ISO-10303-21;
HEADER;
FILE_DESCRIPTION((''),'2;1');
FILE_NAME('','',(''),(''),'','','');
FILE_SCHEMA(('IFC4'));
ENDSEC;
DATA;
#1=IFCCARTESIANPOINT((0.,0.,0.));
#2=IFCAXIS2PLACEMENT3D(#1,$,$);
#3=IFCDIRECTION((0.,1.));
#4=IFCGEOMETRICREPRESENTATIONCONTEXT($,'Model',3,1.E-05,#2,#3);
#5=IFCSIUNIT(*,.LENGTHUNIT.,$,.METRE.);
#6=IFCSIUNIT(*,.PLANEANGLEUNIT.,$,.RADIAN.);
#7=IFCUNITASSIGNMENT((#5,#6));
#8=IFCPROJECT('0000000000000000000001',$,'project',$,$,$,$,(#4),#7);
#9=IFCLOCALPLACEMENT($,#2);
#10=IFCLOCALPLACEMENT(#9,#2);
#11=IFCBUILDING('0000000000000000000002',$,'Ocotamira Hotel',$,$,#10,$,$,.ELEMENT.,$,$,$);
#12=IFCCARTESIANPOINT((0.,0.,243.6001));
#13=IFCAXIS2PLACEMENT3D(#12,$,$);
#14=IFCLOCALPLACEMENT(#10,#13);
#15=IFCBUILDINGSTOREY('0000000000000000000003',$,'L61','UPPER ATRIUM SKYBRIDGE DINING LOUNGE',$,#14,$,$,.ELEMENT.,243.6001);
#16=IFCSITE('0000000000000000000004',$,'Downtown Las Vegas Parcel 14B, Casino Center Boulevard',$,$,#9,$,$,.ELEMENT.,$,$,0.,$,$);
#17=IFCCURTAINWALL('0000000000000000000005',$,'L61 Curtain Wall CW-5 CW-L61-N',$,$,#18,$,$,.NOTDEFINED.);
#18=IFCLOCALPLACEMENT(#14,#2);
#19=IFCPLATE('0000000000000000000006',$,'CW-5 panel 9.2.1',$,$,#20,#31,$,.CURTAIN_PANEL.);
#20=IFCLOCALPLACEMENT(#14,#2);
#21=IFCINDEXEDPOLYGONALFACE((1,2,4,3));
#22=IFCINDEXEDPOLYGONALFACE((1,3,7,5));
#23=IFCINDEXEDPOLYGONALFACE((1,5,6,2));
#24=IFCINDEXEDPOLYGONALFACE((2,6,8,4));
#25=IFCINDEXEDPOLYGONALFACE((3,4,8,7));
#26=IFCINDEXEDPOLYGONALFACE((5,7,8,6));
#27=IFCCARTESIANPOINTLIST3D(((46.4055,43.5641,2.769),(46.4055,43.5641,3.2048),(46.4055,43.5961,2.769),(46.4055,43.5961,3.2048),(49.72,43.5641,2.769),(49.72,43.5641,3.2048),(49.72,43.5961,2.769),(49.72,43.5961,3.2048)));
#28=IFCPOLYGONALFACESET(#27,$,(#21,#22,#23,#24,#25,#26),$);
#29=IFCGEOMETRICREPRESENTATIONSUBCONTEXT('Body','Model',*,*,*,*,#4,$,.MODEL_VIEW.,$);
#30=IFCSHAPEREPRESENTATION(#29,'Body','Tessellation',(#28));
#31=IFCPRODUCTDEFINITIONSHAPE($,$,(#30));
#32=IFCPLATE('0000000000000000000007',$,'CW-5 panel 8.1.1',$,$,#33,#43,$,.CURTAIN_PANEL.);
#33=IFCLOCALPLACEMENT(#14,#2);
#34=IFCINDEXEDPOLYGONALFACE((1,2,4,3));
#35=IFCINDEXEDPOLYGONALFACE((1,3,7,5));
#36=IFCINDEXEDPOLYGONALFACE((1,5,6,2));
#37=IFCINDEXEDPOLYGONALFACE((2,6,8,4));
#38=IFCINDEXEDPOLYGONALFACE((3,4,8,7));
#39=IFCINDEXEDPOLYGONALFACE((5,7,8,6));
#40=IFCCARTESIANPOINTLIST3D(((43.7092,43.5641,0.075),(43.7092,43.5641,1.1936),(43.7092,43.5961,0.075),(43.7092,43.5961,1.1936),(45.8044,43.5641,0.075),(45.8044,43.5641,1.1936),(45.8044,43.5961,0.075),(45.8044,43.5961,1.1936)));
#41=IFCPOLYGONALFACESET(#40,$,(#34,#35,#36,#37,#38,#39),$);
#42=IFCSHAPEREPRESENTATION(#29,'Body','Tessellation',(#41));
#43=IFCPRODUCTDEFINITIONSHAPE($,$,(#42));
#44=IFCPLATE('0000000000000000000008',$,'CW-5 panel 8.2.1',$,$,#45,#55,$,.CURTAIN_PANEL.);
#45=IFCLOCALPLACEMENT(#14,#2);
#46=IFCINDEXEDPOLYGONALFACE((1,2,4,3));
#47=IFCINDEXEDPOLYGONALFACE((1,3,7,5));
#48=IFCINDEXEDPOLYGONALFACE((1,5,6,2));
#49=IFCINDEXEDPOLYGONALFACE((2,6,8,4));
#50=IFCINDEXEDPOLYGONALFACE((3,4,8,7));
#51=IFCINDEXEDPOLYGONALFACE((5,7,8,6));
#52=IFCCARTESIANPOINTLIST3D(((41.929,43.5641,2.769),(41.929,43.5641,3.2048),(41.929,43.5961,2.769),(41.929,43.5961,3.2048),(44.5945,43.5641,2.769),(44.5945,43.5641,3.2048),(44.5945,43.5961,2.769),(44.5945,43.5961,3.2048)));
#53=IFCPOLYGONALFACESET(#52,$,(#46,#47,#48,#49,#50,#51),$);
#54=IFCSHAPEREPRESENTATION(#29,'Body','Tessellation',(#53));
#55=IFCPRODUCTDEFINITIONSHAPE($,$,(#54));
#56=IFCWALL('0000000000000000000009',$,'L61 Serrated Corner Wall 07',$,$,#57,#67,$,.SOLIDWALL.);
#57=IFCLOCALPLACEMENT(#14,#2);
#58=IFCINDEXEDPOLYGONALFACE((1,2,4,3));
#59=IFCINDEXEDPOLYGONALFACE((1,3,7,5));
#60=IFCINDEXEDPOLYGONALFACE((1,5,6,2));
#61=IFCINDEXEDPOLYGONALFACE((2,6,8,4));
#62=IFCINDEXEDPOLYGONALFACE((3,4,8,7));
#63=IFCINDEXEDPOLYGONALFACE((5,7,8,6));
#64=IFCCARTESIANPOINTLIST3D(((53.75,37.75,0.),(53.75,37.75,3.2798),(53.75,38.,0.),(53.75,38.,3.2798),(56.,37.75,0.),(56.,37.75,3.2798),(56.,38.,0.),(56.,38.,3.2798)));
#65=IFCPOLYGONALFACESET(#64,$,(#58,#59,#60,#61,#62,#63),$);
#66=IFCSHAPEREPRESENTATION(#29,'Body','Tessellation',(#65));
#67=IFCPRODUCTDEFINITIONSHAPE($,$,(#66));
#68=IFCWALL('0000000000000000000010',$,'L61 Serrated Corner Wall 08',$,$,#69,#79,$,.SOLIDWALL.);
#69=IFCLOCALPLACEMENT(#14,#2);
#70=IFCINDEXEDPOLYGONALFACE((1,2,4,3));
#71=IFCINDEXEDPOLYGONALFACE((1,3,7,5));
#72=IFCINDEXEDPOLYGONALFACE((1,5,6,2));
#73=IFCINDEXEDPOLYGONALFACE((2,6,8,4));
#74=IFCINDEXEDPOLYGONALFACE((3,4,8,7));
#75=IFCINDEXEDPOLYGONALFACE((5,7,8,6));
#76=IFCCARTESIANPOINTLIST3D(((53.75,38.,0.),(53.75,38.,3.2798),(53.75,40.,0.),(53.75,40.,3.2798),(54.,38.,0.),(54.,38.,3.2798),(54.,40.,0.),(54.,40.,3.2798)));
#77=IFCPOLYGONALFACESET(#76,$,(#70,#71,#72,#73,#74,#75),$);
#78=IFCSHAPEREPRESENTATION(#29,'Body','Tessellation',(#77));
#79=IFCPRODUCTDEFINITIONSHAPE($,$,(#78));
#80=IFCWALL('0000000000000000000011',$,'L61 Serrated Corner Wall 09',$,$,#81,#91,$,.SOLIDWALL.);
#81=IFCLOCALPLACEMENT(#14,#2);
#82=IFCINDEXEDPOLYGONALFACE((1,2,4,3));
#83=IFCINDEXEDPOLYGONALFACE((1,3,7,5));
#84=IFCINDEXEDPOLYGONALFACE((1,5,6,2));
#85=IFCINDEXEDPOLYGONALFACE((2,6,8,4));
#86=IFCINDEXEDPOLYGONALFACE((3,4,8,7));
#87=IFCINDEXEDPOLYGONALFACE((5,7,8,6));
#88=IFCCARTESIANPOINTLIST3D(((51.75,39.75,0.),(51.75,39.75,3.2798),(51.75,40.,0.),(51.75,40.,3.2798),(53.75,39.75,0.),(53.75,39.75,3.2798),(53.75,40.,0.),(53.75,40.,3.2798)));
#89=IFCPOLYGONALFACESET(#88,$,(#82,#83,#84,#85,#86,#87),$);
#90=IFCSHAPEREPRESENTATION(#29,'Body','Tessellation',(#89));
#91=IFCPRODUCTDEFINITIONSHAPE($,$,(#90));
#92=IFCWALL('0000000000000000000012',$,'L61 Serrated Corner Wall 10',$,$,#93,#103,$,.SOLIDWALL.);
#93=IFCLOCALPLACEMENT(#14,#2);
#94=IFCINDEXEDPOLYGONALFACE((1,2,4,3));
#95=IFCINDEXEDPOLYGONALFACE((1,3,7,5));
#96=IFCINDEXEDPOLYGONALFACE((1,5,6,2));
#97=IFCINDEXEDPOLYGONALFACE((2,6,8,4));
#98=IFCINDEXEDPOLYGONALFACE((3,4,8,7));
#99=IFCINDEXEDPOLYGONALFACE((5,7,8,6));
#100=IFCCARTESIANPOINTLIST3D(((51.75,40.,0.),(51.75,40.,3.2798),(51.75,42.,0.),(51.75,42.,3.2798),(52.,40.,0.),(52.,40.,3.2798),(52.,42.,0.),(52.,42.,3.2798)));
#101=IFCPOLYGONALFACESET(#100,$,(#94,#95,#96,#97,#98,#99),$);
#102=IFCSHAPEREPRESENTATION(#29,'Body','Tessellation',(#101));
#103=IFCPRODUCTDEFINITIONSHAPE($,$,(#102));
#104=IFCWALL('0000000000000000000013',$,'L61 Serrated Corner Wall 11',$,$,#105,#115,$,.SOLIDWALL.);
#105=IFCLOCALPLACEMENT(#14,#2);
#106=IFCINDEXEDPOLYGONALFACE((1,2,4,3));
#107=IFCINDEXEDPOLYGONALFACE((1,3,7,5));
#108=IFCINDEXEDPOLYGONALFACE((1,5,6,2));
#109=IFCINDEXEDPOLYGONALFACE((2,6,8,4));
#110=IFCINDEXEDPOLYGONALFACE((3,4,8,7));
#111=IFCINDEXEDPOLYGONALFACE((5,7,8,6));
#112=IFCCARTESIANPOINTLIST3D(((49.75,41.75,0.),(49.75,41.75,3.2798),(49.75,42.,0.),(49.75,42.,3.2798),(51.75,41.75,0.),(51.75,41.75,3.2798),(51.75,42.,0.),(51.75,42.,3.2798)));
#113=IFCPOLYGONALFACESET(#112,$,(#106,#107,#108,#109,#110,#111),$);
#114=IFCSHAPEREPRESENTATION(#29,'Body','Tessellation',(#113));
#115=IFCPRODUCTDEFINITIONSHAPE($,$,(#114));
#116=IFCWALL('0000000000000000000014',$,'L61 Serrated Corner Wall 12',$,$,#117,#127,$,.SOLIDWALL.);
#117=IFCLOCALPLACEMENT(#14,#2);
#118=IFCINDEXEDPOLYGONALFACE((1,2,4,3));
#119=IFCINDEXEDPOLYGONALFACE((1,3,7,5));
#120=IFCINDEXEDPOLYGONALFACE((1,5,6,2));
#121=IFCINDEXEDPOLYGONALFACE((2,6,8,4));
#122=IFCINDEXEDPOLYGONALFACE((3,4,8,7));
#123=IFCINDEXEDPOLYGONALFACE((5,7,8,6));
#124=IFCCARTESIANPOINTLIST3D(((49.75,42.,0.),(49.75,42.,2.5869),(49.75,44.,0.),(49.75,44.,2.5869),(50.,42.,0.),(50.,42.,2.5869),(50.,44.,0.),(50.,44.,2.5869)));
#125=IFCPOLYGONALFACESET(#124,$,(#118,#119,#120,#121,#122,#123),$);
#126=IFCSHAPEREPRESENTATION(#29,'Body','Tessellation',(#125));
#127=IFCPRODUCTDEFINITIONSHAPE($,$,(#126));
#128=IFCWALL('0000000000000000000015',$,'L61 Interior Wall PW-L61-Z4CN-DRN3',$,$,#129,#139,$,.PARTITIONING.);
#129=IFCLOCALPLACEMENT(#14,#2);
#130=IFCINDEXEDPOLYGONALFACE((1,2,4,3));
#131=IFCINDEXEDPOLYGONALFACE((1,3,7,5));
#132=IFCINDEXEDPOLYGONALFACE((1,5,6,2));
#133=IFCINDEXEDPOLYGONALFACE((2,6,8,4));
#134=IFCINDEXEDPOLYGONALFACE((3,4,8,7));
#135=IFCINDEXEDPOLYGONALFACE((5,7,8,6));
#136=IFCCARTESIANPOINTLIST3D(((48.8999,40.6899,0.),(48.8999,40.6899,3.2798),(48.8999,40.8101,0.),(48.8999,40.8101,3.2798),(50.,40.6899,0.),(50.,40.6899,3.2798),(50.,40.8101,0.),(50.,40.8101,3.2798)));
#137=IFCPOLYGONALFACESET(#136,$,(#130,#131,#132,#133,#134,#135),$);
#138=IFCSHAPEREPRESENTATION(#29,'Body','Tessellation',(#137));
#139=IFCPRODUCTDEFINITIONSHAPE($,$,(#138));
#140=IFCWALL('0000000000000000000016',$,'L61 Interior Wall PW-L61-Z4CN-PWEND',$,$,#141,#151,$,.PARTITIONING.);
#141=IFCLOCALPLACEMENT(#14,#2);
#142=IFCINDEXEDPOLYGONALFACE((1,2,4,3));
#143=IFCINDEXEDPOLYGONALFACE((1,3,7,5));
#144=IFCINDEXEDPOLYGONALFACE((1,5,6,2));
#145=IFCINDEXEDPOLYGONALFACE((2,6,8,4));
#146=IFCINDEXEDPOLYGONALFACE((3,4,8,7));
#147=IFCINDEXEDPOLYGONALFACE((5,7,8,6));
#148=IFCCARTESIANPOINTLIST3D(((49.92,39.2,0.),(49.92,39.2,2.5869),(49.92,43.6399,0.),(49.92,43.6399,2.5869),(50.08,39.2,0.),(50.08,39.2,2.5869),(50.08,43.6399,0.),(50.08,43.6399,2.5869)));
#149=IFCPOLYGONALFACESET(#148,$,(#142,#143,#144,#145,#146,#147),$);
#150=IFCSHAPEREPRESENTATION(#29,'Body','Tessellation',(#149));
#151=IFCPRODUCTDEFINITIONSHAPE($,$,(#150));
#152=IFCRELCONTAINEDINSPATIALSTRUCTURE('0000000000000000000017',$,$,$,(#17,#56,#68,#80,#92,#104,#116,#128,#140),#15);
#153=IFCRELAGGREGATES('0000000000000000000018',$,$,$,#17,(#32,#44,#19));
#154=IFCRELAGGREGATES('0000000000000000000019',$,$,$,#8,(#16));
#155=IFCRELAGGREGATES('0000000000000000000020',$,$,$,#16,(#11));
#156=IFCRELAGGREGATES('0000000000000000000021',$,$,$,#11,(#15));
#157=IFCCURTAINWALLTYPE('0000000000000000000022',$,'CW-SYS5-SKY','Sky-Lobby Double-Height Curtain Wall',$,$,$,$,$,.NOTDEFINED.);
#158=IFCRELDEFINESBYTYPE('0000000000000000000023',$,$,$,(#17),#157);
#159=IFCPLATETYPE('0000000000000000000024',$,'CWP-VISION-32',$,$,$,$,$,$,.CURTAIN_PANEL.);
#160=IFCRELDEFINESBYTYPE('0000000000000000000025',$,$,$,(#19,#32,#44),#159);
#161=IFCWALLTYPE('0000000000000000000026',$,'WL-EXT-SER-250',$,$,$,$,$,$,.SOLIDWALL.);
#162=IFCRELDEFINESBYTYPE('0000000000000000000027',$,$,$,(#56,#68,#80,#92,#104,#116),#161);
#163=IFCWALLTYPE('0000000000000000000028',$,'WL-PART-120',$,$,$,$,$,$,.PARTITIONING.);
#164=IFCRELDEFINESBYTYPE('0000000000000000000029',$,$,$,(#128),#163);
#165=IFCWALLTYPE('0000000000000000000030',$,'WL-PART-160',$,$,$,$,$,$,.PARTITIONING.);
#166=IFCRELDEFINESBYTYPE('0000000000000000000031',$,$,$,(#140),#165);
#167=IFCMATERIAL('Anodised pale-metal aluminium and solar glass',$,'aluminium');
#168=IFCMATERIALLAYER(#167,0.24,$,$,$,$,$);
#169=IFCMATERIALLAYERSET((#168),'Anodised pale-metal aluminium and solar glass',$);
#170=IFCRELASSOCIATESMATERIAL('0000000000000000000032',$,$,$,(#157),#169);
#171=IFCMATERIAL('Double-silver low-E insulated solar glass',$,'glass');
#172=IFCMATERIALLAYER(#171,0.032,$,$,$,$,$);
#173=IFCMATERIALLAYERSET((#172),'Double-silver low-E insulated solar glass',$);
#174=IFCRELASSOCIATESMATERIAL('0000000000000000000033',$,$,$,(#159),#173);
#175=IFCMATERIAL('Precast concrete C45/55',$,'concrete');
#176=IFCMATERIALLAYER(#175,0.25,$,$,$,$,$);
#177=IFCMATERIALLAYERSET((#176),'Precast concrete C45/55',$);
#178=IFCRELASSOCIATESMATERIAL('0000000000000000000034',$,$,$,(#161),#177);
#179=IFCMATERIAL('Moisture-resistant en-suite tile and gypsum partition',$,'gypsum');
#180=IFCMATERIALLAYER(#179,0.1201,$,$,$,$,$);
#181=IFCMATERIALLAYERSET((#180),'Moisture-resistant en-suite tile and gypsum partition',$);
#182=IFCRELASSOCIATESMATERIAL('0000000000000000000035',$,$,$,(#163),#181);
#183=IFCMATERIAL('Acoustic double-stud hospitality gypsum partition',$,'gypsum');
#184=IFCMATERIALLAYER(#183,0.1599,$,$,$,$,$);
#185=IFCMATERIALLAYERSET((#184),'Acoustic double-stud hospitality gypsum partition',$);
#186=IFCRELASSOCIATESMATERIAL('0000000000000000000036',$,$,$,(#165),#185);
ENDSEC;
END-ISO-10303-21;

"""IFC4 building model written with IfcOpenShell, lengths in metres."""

from ifc_helpers import new_model, si_unit, direction, frame, frame_2d, origin, origin_2d, place, context, subcontext, project, spatial, rectangle, extrude, source, transform, mapped, material, layer, layer_set, type_object, element, aggregate, save


model = new_model("IFC4")

# Units and contexts
model_context = context("Model", 3, precision=1e-05, world=origin(), true_north=direction((0.0, 1.0)))
body_context = subcontext(model_context, "Body", "Model", "MODEL_VIEW")
ifc_project = project(units=[si_unit("LENGTHUNIT", "METRE"), si_unit("PLANEANGLEUNIT", "RADIAN")], contexts=[model_context])

# Site, building, storey
site_placement = place(None, origin())
site = spatial("IfcSite", under=ifc_project, at=site_placement, Name="Downtown Las Vegas Parcel 14B, Casino Center Boulevard", CompositionType="ELEMENT", RefElevation=0.0)
building_placement = place(site_placement, origin())
building = spatial("IfcBuilding", under=site, at=building_placement, Name="Ocotamira Hotel", CompositionType="ELEMENT")
storey_placement = place(building_placement, frame((0.0, 0.0, 243.6001)))
storey = spatial("IfcBuildingStorey", under=building, at=storey_placement, Name="L61", Description="UPPER ATRIUM SKYBRIDGE DINING LOUNGE", CompositionType="ELEMENT", Elevation=243.6001)

# Curtain wall
ifc_material_1 = material(Name="Anodised pale-metal aluminium and solar glass", Category="aluminium")
ifc_layer_1 = layer(ifc_material_1, 0.24)
ifc_layer_set_1 = layer_set([ifc_layer_1], Name="Anodised pale-metal aluminium and solar glass")
curtain_wall_type = type_object("IfcCurtainWallType", Name="CW-SYS5-SKY", Description="Sky-Lobby Double-Height Curtain Wall", PredefinedType="NOTDEFINED", material=ifc_layer_set_1)
curtain_wall_1_placement = place(storey_placement, origin())
curtain_wall_1 = element("IfcCurtainWall", 1, at=curtain_wall_1_placement, inside=storey, type_object=curtain_wall_type, Name="L61 Curtain Wall CW-5 CW-L61-N", PredefinedType="NOTDEFINED")

# Plates
ifc_material_2 = material(Name="Double-silver low-E insulated solar glass", Category="glass")
ifc_layer_2 = layer(ifc_material_2, 0.032)
ifc_layer_set_2 = layer_set([ifc_layer_2], Name="Double-silver low-E insulated solar glass")
plate_type_1 = type_object("IfcPlateType", Name="CWP-VISION-32", PredefinedType="CURTAIN_PANEL", material=ifc_layer_set_2)
shared_shape_1 = source(origin(), body_context, "Body", "SweptSolid", [
    extrude(rectangle(XDim=3.3145, YDim=0.032, at=origin_2d()), origin(), (0.0, 0.0, 1.0), 0.4358),
])
plate_1_placement = place(storey_placement, frame((48.0627, 43.5801, 2.769), z_axis=(0.0, 0.0, 1.0), x_axis=(1.0, 0.0, 0.0)))
plate_1 = element("IfcPlate", 2, at=plate_1_placement, type_object=plate_type_1, Name="CW-5 panel 9.2.1", PredefinedType="CURTAIN_PANEL", context=body_context, shape_type="MappedRepresentation", body=[
    mapped(shared_shape_1, transform((0.0, 0.0, 0.0), scale=1.0)),
])
shared_shape_2 = source(origin(), body_context, "Body", "SweptSolid", [
    extrude(rectangle(XDim=2.0952, YDim=0.032, at=origin_2d()), origin(), (0.0, 0.0, 1.0), 1.1187),
])
plate_2_placement = place(storey_placement, frame((44.7568, 43.5801, 0.075), z_axis=(0.0, 0.0, 1.0), x_axis=(1.0, 0.0, 0.0)))
plate_2 = element("IfcPlate", 3, at=plate_2_placement, type_object=plate_type_1, Name="CW-5 panel 8.1.1", PredefinedType="CURTAIN_PANEL", context=body_context, shape_type="MappedRepresentation", body=[
    mapped(shared_shape_2, transform((0.0, 0.0, 0.0), scale=1.0)),
])
shared_shape_3 = source(origin(), body_context, "Body", "SweptSolid", [
    extrude(rectangle(XDim=2.6655, YDim=0.032, at=origin_2d()), origin(), (0.0, 0.0, 1.0), 0.4358),
])
plate_3_placement = place(storey_placement, frame((43.2617, 43.5801, 2.769), z_axis=(0.0, 0.0, 1.0), x_axis=(1.0, 0.0, 0.0)))
plate_3 = element("IfcPlate", 4, at=plate_3_placement, type_object=plate_type_1, Name="CW-5 panel 8.2.1", PredefinedType="CURTAIN_PANEL", context=body_context, shape_type="MappedRepresentation", body=[
    mapped(shared_shape_3, transform((0.0, 0.0, 0.0), scale=1.0)),
])
aggregate(curtain_wall_1, [plate_2, plate_3, plate_1])

# Walls
ifc_material_3 = material(Name="Precast concrete C45/55", Category="concrete")
ifc_layer_3 = layer(ifc_material_3, 0.25)
ifc_layer_set_3 = layer_set([ifc_layer_3], Name="Precast concrete C45/55")
wall_type_1 = type_object("IfcWallType", Name="WL-EXT-SER-250", PredefinedType="SOLIDWALL", material=ifc_layer_set_3)
wall_1_placement = place(storey_placement, frame((56.0, 37.875, 0.0), z_axis=(0.0, 0.0, 1.0), x_axis=(-1.0, 0.0, 0.0)))
element("IfcWall", 5, at=wall_1_placement, inside=storey, type_object=wall_type_1, Name="L61 Serrated Corner Wall 07", PredefinedType="SOLIDWALL", context=body_context, shape_type="SweptSolid", body=[
    extrude(rectangle(XDim=2.25, YDim=0.25, at=frame_2d((1.125, 0.0))), origin(), (0.0, 0.0, 1.0), 3.2798),
])
for number, where, z_axis, x_axis, name in (
    (6, (53.875, 38.0, 0.0), (0.0, 0.0, 1.0), (0.0, 1.0, 0.0), "L61 Serrated Corner Wall 08"),
    (7, (53.75, 39.875, 0.0), (0.0, 0.0, 1.0), (-1.0, 0.0, 0.0), "L61 Serrated Corner Wall 09"),
    (8, (51.875, 40.0, 0.0), (0.0, 0.0, 1.0), (0.0, 1.0, 0.0), "L61 Serrated Corner Wall 10"),
    (9, (51.75, 41.875, 0.0), (0.0, 0.0, 1.0), (-1.0, 0.0, 0.0), "L61 Serrated Corner Wall 11"),
):
    element("IfcWall", number, at=place(storey_placement, frame(where, z_axis=z_axis, x_axis=x_axis)), inside=storey, type_object=wall_type_1, Name=name, PredefinedType="SOLIDWALL", context=body_context, shape_type="SweptSolid", body=[
        extrude(rectangle(XDim=2.0, YDim=0.25, at=frame_2d((1.0, 0.0))), origin(), (0.0, 0.0, 1.0), 3.2798),
    ])
wall_2_placement = place(storey_placement, frame((49.875, 42.0, 0.0), z_axis=(0.0, 0.0, 1.0), x_axis=(0.0, 1.0, 0.0)))
element("IfcWall", 10, at=wall_2_placement, inside=storey, type_object=wall_type_1, Name="L61 Serrated Corner Wall 12", PredefinedType="SOLIDWALL", context=body_context, shape_type="SweptSolid", body=[
    extrude(rectangle(XDim=2.0, YDim=0.25, at=frame_2d((1.0, 0.0))), origin(), (0.0, 0.0, 1.0), 2.5869),
])

# Walls
ifc_material_4 = material(Name="Moisture-resistant en-suite tile and gypsum partition", Category="gypsum")
ifc_layer_4 = layer(ifc_material_4, 0.1201)
ifc_layer_set_4 = layer_set([ifc_layer_4], Name="Moisture-resistant en-suite tile and gypsum partition")
wall_type_2 = type_object("IfcWallType", Name="WL-PART-120", PredefinedType="PARTITIONING", material=ifc_layer_set_4)
wall_3_placement = place(storey_placement, frame((48.8999, 40.75, 0.0), z_axis=(0.0, 0.0, 1.0), x_axis=(1.0, 0.0, 0.0)))
element("IfcWall", 11, at=wall_3_placement, inside=storey, type_object=wall_type_2, Name="L61 Interior Wall PW-L61-Z4CN-DRN3", PredefinedType="PARTITIONING", context=body_context, shape_type="SweptSolid", body=[
    extrude(rectangle(XDim=1.1001, YDim=0.1201, at=frame_2d((0.55, 0.0))), origin(), (0.0, 0.0, 1.0), 3.2798),
])
ifc_material_5 = material(Name="Acoustic double-stud hospitality gypsum partition", Category="gypsum")
ifc_layer_5 = layer(ifc_material_5, 0.1599)
ifc_layer_set_5 = layer_set([ifc_layer_5], Name="Acoustic double-stud hospitality gypsum partition")
wall_type_3 = type_object("IfcWallType", Name="WL-PART-160", PredefinedType="PARTITIONING", material=ifc_layer_set_5)
wall_4_placement = place(storey_placement, frame((50.0, 39.2, 0.0), z_axis=(0.0, 0.0, 1.0), x_axis=(0.0, 1.0, 0.0)))
element("IfcWall", 12, at=wall_4_placement, inside=storey, type_object=wall_type_3, Name="L61 Interior Wall PW-L61-Z4CN-PWEND", PredefinedType="PARTITIONING", context=body_context, shape_type="SweptSolid", body=[
    extrude(rectangle(XDim=4.4399, YDim=0.1599, at=frame_2d((2.22, 0.0))), origin(), (0.0, 0.0, 1.0), 2.5869),
])

save(model, "model.ifc")
